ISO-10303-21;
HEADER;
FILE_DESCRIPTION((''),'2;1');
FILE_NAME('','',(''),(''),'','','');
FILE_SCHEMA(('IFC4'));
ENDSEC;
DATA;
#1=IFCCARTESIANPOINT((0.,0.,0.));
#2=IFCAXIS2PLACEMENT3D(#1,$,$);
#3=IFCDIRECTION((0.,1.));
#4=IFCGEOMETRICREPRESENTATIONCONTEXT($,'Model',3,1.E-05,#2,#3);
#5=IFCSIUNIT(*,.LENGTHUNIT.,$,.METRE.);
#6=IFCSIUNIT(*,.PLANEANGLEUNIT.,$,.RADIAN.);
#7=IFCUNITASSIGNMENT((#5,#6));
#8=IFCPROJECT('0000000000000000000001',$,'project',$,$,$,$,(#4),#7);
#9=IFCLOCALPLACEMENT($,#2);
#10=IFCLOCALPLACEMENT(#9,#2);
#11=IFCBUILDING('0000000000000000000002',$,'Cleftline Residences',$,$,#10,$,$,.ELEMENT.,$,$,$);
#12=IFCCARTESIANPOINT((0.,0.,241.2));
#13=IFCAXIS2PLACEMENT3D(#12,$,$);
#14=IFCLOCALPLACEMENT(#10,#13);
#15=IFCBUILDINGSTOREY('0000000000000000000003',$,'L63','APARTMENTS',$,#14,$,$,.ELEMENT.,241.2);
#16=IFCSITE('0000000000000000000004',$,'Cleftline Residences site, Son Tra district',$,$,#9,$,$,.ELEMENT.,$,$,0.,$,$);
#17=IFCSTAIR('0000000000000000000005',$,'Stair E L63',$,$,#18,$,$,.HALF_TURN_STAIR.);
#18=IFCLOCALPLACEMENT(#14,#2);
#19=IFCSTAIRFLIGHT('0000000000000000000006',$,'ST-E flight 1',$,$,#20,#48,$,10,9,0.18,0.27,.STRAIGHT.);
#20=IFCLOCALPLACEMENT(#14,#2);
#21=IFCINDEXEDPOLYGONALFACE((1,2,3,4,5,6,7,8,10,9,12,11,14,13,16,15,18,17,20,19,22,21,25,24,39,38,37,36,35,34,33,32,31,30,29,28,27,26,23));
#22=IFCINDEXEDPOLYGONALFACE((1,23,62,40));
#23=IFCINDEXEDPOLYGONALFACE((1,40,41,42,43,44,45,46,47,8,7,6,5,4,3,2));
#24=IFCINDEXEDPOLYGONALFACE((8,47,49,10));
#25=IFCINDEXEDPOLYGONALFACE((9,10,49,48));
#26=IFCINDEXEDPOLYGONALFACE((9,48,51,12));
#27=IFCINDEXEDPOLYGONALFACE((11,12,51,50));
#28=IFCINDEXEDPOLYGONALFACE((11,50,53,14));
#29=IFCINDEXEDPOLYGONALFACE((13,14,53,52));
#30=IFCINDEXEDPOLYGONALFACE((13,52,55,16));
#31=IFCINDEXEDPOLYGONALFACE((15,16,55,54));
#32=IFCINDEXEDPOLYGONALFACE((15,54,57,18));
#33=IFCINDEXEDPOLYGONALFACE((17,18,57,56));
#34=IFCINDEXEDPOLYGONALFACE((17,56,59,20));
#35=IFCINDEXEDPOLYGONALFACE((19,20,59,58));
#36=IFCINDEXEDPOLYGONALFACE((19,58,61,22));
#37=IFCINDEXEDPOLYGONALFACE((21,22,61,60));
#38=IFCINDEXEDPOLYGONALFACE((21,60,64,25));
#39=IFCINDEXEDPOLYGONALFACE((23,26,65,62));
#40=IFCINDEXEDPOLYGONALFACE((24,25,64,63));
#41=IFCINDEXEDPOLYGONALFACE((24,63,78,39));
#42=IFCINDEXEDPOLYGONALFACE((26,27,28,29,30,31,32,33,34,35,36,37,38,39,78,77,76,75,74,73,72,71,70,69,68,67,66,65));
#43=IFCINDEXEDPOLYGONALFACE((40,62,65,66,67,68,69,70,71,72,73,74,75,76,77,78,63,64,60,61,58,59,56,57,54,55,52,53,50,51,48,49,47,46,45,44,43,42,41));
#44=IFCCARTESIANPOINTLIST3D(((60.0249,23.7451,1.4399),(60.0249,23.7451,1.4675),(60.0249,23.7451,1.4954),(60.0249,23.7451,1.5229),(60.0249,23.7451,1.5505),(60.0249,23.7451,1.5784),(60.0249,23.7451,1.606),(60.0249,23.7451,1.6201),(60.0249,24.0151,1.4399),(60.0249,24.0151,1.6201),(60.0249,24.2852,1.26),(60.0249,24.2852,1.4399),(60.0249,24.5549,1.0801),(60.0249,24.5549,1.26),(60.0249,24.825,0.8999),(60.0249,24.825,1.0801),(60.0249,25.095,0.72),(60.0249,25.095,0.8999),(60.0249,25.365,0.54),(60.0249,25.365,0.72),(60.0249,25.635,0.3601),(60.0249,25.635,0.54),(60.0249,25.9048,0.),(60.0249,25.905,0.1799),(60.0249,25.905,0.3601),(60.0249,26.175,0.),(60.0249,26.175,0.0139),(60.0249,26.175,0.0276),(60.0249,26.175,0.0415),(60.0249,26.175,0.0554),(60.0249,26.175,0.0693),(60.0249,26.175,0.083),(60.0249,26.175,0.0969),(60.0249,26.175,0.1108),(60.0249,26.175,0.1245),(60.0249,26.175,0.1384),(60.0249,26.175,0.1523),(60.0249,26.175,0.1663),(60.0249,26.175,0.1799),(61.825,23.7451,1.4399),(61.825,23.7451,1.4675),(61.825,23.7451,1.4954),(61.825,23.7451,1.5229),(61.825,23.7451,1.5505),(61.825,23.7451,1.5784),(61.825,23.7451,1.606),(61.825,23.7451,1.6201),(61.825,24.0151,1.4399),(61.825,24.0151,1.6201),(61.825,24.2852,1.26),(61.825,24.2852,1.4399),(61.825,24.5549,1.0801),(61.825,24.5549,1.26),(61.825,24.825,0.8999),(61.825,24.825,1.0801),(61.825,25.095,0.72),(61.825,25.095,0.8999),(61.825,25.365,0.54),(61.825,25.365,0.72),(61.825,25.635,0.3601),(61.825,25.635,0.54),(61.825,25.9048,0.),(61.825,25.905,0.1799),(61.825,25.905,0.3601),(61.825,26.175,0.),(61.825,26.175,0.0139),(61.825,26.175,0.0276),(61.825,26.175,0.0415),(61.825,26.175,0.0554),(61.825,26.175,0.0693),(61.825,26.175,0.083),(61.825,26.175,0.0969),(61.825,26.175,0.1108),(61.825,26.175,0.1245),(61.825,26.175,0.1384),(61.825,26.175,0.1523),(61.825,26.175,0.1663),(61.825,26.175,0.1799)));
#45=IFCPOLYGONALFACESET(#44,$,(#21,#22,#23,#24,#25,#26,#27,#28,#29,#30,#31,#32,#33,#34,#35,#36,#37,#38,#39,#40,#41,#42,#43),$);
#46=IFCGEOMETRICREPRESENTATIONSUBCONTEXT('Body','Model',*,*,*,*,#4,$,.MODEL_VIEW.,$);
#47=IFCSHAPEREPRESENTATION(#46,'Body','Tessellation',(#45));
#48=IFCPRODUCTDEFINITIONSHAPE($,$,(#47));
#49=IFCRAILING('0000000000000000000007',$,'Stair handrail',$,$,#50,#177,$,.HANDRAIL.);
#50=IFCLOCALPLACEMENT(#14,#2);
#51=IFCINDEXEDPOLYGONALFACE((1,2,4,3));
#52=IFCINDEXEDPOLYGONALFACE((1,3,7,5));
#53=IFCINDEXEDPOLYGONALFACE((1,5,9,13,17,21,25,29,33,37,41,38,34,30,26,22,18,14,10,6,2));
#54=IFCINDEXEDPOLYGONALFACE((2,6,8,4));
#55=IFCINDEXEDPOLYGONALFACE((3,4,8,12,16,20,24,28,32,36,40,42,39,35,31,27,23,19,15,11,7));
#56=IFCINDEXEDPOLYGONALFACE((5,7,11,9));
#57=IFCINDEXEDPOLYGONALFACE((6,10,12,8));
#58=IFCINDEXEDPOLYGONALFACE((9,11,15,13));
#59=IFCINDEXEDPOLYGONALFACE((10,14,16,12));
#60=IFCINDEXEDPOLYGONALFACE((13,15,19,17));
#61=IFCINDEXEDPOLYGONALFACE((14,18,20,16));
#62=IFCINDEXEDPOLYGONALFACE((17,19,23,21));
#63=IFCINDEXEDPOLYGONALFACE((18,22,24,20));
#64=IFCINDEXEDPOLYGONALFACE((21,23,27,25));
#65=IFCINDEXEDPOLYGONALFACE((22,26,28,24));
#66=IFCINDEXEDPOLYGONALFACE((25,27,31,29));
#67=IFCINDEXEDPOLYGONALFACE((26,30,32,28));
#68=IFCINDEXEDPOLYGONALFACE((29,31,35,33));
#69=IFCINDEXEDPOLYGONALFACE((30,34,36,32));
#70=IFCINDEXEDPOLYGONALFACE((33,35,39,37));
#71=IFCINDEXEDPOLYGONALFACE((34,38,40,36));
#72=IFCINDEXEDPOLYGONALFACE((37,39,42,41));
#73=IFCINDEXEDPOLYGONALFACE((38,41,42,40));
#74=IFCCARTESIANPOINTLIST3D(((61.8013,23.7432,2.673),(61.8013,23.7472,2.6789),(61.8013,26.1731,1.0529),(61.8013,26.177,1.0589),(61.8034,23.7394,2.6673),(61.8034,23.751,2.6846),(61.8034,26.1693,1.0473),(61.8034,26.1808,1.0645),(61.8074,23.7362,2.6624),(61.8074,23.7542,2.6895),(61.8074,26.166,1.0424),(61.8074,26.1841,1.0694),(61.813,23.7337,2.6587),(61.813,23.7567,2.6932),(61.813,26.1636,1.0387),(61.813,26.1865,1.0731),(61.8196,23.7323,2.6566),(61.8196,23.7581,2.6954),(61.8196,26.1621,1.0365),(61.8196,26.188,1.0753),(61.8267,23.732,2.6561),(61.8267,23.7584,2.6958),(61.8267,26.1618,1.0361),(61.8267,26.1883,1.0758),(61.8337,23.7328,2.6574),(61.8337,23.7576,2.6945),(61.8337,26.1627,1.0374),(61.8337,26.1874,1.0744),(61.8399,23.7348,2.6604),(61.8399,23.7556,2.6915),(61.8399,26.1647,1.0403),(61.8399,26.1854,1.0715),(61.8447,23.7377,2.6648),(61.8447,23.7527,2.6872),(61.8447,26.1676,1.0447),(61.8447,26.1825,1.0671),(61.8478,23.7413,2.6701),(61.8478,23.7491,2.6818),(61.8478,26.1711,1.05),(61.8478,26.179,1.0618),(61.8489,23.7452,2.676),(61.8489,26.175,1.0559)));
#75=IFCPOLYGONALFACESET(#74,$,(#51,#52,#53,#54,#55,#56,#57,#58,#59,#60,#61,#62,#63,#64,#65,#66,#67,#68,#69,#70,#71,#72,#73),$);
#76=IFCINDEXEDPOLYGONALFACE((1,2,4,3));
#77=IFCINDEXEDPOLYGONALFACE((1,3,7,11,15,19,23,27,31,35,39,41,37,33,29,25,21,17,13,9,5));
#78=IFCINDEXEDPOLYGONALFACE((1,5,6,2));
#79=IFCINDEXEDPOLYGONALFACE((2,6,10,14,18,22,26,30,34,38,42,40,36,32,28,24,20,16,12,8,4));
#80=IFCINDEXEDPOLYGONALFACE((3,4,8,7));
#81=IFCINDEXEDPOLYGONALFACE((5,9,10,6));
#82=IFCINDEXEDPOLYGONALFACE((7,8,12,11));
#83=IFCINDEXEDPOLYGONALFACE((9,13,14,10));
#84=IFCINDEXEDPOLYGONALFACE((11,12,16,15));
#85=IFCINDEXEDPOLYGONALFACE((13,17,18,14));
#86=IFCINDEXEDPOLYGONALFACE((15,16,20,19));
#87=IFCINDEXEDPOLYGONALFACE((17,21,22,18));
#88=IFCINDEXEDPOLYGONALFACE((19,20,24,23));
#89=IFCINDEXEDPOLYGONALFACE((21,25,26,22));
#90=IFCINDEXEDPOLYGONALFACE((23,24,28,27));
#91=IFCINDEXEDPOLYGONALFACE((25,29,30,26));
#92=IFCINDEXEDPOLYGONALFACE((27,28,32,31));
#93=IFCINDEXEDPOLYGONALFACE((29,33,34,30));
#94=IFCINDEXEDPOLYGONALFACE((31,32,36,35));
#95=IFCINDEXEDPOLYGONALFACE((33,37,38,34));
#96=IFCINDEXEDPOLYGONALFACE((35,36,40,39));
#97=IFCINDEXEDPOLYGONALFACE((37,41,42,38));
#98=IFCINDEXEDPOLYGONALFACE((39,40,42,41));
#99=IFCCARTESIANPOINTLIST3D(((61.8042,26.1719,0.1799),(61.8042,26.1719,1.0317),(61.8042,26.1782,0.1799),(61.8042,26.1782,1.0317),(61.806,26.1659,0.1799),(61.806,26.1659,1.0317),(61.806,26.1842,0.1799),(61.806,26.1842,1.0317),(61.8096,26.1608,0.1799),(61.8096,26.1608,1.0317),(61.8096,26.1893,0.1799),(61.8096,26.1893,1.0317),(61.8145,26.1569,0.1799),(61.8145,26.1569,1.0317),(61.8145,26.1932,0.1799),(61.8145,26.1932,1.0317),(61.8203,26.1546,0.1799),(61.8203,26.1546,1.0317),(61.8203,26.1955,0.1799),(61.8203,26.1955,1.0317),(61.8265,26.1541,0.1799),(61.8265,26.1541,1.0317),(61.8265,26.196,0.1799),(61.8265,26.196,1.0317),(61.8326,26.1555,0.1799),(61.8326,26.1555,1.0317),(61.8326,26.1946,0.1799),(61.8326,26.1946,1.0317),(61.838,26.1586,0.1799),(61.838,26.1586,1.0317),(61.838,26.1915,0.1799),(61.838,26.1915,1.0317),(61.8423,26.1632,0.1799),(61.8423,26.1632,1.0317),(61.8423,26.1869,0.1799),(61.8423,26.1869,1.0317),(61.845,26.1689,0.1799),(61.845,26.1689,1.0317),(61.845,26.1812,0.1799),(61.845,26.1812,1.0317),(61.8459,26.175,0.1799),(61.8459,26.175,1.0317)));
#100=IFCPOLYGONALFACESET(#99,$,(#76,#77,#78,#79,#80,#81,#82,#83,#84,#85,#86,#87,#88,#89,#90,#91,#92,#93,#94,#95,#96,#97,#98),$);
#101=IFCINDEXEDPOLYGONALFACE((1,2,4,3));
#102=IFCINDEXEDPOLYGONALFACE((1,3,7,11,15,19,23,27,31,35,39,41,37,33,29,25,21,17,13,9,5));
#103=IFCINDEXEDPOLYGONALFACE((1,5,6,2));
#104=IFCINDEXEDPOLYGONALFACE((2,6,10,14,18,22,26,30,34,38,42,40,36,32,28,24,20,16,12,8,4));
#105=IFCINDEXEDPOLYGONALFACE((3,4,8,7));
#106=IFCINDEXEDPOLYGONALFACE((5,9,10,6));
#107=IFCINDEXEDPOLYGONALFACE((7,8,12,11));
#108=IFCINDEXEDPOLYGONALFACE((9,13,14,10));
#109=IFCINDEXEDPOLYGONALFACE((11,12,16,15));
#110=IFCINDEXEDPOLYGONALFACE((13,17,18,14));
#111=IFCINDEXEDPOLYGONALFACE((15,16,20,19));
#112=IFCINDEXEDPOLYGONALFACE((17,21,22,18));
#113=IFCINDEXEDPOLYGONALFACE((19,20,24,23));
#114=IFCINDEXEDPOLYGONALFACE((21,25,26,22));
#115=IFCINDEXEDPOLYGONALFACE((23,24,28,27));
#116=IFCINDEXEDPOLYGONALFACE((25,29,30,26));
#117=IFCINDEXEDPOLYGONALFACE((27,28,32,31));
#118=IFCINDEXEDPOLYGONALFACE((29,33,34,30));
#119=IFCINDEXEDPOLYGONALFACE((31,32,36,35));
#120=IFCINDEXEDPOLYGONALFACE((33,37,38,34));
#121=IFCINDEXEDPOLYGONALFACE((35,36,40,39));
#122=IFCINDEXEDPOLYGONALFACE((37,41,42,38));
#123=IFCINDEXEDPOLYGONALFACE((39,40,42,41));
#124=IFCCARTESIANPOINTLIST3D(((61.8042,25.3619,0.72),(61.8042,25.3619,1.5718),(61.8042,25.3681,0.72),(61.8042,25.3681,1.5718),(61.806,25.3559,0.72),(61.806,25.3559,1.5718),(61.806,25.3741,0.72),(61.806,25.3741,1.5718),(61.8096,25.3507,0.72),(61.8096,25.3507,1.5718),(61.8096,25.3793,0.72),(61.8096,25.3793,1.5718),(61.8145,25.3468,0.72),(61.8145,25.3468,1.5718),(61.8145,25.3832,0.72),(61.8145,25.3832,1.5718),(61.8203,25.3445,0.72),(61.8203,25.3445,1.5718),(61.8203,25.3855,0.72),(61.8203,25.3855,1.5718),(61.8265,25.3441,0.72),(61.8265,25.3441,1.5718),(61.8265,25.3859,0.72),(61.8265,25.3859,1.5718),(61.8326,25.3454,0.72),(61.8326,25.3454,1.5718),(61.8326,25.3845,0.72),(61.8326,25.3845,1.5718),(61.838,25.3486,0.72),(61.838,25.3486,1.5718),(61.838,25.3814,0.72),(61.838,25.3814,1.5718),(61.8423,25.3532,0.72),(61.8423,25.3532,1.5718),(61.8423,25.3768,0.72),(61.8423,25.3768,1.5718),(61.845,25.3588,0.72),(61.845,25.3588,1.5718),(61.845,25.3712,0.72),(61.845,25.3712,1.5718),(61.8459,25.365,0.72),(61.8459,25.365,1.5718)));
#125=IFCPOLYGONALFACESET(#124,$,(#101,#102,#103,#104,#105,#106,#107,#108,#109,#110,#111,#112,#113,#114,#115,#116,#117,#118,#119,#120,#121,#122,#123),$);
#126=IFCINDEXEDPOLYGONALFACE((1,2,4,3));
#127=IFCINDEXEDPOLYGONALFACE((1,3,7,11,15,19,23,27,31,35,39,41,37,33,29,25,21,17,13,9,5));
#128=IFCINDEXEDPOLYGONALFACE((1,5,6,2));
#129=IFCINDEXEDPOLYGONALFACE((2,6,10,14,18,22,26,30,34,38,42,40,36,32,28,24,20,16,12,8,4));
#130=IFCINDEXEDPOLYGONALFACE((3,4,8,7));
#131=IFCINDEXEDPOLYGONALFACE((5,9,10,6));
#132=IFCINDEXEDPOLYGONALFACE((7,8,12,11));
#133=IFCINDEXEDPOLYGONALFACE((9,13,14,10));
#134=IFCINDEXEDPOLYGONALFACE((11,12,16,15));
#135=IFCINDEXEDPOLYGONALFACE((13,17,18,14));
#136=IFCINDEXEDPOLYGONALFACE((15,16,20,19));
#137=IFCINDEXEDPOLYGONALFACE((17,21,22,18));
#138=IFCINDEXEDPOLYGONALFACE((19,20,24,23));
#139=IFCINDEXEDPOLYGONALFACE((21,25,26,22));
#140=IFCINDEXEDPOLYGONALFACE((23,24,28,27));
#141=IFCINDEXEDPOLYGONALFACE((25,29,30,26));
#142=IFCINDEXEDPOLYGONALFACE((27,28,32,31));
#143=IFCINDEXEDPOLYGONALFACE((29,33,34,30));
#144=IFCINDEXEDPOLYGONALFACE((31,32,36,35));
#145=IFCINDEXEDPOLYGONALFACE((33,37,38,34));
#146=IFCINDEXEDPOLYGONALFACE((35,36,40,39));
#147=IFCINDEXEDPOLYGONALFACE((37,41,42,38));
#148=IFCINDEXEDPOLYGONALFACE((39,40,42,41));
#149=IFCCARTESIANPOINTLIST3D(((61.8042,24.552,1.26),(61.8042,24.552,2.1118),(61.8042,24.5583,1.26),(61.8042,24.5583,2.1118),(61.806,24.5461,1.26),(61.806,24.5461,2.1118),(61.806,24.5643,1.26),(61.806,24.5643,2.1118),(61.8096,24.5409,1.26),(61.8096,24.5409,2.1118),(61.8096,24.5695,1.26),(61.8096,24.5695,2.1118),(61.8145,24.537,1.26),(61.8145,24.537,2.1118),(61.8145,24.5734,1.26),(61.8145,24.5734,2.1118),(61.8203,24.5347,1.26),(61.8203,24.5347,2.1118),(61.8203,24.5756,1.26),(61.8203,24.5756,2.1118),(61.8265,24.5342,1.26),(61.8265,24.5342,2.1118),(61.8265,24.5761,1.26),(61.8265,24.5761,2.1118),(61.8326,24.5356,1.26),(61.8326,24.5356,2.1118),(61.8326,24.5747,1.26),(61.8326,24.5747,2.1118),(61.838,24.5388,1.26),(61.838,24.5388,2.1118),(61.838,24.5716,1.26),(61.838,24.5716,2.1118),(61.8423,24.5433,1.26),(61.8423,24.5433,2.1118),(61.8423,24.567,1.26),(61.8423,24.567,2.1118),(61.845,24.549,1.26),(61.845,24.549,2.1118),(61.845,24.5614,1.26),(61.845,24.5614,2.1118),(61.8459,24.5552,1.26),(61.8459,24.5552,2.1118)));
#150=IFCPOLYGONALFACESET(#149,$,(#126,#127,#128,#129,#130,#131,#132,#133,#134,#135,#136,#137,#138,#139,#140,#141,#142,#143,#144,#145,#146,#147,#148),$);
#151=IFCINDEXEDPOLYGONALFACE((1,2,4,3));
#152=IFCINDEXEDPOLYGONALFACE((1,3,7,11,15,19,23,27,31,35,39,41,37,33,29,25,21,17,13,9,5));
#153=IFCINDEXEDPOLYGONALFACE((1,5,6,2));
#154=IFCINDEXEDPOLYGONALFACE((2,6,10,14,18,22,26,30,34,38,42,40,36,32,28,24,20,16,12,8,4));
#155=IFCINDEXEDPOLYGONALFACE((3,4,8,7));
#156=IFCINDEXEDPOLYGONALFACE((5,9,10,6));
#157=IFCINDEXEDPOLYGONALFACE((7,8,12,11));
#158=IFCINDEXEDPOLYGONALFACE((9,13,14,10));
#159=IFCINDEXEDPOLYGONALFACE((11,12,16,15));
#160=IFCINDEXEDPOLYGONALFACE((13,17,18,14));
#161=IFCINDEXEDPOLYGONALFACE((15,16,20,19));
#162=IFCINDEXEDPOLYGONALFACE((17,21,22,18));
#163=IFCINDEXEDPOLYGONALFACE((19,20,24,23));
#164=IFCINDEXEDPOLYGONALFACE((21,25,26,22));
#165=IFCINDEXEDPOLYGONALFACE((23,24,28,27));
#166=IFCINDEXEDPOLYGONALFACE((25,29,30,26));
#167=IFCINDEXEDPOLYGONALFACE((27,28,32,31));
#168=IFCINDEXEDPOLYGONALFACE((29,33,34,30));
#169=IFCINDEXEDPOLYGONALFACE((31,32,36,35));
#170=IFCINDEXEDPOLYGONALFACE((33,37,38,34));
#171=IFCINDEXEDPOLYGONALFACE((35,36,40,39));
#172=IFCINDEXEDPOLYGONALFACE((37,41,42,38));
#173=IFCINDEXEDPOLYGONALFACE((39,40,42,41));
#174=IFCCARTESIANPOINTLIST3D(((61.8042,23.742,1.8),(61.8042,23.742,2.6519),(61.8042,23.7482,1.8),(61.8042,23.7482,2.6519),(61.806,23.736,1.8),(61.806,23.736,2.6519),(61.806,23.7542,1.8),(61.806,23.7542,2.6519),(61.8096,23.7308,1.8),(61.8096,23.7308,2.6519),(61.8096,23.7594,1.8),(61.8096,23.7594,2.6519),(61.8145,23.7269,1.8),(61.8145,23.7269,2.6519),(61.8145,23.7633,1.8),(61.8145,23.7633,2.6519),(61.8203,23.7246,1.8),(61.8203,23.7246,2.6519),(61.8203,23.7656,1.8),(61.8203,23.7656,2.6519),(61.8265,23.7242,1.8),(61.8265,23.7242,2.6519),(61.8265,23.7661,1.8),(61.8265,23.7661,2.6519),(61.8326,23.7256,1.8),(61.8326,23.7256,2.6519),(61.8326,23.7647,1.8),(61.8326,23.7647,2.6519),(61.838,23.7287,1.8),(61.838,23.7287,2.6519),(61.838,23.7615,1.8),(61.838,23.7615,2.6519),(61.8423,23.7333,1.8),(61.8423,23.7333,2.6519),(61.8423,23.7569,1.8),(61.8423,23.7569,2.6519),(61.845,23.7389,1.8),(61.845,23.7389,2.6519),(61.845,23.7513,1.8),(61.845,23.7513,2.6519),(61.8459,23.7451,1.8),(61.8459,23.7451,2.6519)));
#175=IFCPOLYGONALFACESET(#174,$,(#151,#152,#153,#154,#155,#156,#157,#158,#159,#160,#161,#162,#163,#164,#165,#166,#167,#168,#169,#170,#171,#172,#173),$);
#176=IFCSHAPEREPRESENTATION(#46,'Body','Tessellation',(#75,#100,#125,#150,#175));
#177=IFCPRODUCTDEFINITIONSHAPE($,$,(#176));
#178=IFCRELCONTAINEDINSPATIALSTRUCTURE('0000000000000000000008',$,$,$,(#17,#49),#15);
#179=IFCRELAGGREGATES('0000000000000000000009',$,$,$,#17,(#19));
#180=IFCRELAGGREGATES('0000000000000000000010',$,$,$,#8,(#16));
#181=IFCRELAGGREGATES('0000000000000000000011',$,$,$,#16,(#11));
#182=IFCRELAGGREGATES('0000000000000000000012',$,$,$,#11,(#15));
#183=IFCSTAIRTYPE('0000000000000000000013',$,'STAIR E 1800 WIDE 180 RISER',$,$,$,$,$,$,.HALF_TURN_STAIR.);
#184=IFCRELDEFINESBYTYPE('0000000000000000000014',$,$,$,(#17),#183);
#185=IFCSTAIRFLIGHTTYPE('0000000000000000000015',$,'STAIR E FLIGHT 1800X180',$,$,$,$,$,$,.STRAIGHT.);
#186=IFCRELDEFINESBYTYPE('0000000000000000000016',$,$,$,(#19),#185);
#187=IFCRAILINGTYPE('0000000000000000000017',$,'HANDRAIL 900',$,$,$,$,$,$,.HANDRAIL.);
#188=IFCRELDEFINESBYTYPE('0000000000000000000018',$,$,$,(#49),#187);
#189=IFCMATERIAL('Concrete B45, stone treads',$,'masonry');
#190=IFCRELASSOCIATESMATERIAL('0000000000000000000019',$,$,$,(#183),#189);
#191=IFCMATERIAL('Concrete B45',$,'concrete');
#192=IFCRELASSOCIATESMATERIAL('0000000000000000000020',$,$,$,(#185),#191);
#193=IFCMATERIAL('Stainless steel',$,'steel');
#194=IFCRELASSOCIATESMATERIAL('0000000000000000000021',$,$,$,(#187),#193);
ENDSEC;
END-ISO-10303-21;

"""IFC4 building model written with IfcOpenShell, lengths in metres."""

from ifc_helpers import new_model, si_unit, direction, frame, origin, origin_2d, place, context, subcontext, project, spatial, polyline, circle, outline, extrude, material, type_object, element, aggregate, save


model = new_model("IFC4")

# Units and contexts
model_context = context("Model", 3, precision=1e-05, world=origin(), true_north=direction((0.0, 1.0)))
body_context = subcontext(model_context, "Body", "Model", "MODEL_VIEW")
ifc_project = project(units=[si_unit("LENGTHUNIT", "METRE"), si_unit("PLANEANGLEUNIT", "RADIAN")], contexts=[model_context])

# Site, building, storey
site_placement = place(None, origin())
site = spatial("IfcSite", under=ifc_project, at=site_placement, Name="Cleftline Residences site, Son Tra district", CompositionType="ELEMENT", RefElevation=0.0)
building_placement = place(site_placement, origin())
building = spatial("IfcBuilding", under=site, at=building_placement, Name="Cleftline Residences", CompositionType="ELEMENT")
storey_placement = place(building_placement, frame((0.0, 0.0, 241.2)))
storey = spatial("IfcBuildingStorey", under=building, at=storey_placement, Name="L63", Description="APARTMENTS", CompositionType="ELEMENT", Elevation=241.2)

# Stair, stair flight
ifc_material_1 = material(Name="Concrete B45, stone treads", Category="masonry")
stair_type = type_object("IfcStairType", Name="STAIR E 1800 WIDE 180 RISER", PredefinedType="HALF_TURN_STAIR", material=ifc_material_1)
stair_placement = place(storey_placement, origin())
stair = element("IfcStair", 1, at=stair_placement, inside=storey, type_object=stair_type, Name="Stair E L63", PredefinedType="HALF_TURN_STAIR")
ifc_material_2 = material(Name="Concrete B45", Category="concrete")
stair_flight_type = type_object("IfcStairFlightType", Name="STAIR E FLIGHT 1800X180", PredefinedType="STRAIGHT", material=ifc_material_2)
stair_flight_placement = place(storey_placement, frame((60.925, 26.175, 0.0), z_axis=(0.0, 0.0, 1.0), x_axis=(0.0, -1.0, 0.0)))
stair_flight = element("IfcStairFlight", 2, at=stair_flight_placement, type_object=stair_flight_type, Name="ST-E flight 1", NumberOfRisers=10, NumberOfTreads=9, PredefinedType="STRAIGHT", RiserHeight=0.18, TreadLength=0.27, context=body_context, shape_type="SweptSolid", body=[
    extrude(outline(polyline([(0.0, 0.0), (0.0, 0.0139), (0.0, 0.0276), (0.0, 0.0415), (0.0, 0.0554), (0.0, 0.0693), (0.0, 0.083), (0.0, 0.0969), (0.0, 0.1108), (0.0, 0.1245), (0.0, 0.1384), (0.0, 0.1523), (0.0, 0.1663), (0.0, 0.1799), (0.27, 0.1799), (0.27, 0.3601), (0.54, 0.3601), (0.54, 0.54), (0.8101, 0.54), (0.8101, 0.72), (1.0801, 0.72), (1.0801, 0.8999), (1.3501, 0.8999), (1.3501, 1.0801), (1.6201, 1.0801), (1.6201, 1.26), (1.8899, 1.26), (1.8899, 1.4399), (2.1599, 1.4399), (2.1599, 1.6201), (2.4299, 1.6201), (2.4299, 1.8), (2.4299, 1.7722), (2.4299, 1.7446), (2.4299, 1.7168), (2.4299, 1.6892), (2.4299, 1.6614), (2.4299, 1.6338), (2.4299, 1.606), (2.4299, 1.5784), (2.4299, 1.5505), (2.4299, 1.5229), (2.4299, 1.4954), (2.4299, 1.4675), (2.4299, 1.4399), (0.2703, 0.0), (0.0, 0.0)])), frame((0.0, 0.8999, 0.0), z_axis=(0.0, -1.0, 0.0), x_axis=(1.0, 0.0, 0.0)), (0.0, 0.0, 1.0), 1.8),
])
aggregate(stair, [stair_flight])

# Railing
ifc_material_3 = material(Name="Stainless steel", Category="steel")
railing_type = type_object("IfcRailingType", Name="HANDRAIL 900", PredefinedType="HANDRAIL", material=ifc_material_3)
railing_placement = place(storey_placement, frame((61.825, 26.175, 0.1799)))
element("IfcRailing", 3, at=railing_placement, inside=storey, type_object=railing_type, Name="Stair handrail", PredefinedType="HANDRAIL", context=body_context, shape_type="SweptSolid", body=[
    extrude(circle(Radius=0.0239, at=origin_2d()), frame((0.0, 0.0, 0.876), z_axis=(0.0, -0.832025, 0.554739), x_axis=(1.0, 0.0, 0.0)), (0.0, 0.0, 1.0), 2.9204),
    extrude(circle(Radius=0.021, at=origin_2d()), origin(), (0.0, 0.0, 1.0), 0.8518),
    extrude(circle(Radius=0.021, at=origin_2d()), frame((0.0, -0.8101, 0.54)), (0.0, 0.0, 1.0), 0.8518),
    extrude(circle(Radius=0.021, at=origin_2d()), frame((0.0, -1.6199, 1.0801)), (0.0, 0.0, 1.0), 0.8518),
    extrude(circle(Radius=0.021, at=origin_2d()), frame((0.0, -2.4299, 1.6201)), (0.0, 0.0, 1.0), 0.8518),
])

save(model, "model.ifc")
